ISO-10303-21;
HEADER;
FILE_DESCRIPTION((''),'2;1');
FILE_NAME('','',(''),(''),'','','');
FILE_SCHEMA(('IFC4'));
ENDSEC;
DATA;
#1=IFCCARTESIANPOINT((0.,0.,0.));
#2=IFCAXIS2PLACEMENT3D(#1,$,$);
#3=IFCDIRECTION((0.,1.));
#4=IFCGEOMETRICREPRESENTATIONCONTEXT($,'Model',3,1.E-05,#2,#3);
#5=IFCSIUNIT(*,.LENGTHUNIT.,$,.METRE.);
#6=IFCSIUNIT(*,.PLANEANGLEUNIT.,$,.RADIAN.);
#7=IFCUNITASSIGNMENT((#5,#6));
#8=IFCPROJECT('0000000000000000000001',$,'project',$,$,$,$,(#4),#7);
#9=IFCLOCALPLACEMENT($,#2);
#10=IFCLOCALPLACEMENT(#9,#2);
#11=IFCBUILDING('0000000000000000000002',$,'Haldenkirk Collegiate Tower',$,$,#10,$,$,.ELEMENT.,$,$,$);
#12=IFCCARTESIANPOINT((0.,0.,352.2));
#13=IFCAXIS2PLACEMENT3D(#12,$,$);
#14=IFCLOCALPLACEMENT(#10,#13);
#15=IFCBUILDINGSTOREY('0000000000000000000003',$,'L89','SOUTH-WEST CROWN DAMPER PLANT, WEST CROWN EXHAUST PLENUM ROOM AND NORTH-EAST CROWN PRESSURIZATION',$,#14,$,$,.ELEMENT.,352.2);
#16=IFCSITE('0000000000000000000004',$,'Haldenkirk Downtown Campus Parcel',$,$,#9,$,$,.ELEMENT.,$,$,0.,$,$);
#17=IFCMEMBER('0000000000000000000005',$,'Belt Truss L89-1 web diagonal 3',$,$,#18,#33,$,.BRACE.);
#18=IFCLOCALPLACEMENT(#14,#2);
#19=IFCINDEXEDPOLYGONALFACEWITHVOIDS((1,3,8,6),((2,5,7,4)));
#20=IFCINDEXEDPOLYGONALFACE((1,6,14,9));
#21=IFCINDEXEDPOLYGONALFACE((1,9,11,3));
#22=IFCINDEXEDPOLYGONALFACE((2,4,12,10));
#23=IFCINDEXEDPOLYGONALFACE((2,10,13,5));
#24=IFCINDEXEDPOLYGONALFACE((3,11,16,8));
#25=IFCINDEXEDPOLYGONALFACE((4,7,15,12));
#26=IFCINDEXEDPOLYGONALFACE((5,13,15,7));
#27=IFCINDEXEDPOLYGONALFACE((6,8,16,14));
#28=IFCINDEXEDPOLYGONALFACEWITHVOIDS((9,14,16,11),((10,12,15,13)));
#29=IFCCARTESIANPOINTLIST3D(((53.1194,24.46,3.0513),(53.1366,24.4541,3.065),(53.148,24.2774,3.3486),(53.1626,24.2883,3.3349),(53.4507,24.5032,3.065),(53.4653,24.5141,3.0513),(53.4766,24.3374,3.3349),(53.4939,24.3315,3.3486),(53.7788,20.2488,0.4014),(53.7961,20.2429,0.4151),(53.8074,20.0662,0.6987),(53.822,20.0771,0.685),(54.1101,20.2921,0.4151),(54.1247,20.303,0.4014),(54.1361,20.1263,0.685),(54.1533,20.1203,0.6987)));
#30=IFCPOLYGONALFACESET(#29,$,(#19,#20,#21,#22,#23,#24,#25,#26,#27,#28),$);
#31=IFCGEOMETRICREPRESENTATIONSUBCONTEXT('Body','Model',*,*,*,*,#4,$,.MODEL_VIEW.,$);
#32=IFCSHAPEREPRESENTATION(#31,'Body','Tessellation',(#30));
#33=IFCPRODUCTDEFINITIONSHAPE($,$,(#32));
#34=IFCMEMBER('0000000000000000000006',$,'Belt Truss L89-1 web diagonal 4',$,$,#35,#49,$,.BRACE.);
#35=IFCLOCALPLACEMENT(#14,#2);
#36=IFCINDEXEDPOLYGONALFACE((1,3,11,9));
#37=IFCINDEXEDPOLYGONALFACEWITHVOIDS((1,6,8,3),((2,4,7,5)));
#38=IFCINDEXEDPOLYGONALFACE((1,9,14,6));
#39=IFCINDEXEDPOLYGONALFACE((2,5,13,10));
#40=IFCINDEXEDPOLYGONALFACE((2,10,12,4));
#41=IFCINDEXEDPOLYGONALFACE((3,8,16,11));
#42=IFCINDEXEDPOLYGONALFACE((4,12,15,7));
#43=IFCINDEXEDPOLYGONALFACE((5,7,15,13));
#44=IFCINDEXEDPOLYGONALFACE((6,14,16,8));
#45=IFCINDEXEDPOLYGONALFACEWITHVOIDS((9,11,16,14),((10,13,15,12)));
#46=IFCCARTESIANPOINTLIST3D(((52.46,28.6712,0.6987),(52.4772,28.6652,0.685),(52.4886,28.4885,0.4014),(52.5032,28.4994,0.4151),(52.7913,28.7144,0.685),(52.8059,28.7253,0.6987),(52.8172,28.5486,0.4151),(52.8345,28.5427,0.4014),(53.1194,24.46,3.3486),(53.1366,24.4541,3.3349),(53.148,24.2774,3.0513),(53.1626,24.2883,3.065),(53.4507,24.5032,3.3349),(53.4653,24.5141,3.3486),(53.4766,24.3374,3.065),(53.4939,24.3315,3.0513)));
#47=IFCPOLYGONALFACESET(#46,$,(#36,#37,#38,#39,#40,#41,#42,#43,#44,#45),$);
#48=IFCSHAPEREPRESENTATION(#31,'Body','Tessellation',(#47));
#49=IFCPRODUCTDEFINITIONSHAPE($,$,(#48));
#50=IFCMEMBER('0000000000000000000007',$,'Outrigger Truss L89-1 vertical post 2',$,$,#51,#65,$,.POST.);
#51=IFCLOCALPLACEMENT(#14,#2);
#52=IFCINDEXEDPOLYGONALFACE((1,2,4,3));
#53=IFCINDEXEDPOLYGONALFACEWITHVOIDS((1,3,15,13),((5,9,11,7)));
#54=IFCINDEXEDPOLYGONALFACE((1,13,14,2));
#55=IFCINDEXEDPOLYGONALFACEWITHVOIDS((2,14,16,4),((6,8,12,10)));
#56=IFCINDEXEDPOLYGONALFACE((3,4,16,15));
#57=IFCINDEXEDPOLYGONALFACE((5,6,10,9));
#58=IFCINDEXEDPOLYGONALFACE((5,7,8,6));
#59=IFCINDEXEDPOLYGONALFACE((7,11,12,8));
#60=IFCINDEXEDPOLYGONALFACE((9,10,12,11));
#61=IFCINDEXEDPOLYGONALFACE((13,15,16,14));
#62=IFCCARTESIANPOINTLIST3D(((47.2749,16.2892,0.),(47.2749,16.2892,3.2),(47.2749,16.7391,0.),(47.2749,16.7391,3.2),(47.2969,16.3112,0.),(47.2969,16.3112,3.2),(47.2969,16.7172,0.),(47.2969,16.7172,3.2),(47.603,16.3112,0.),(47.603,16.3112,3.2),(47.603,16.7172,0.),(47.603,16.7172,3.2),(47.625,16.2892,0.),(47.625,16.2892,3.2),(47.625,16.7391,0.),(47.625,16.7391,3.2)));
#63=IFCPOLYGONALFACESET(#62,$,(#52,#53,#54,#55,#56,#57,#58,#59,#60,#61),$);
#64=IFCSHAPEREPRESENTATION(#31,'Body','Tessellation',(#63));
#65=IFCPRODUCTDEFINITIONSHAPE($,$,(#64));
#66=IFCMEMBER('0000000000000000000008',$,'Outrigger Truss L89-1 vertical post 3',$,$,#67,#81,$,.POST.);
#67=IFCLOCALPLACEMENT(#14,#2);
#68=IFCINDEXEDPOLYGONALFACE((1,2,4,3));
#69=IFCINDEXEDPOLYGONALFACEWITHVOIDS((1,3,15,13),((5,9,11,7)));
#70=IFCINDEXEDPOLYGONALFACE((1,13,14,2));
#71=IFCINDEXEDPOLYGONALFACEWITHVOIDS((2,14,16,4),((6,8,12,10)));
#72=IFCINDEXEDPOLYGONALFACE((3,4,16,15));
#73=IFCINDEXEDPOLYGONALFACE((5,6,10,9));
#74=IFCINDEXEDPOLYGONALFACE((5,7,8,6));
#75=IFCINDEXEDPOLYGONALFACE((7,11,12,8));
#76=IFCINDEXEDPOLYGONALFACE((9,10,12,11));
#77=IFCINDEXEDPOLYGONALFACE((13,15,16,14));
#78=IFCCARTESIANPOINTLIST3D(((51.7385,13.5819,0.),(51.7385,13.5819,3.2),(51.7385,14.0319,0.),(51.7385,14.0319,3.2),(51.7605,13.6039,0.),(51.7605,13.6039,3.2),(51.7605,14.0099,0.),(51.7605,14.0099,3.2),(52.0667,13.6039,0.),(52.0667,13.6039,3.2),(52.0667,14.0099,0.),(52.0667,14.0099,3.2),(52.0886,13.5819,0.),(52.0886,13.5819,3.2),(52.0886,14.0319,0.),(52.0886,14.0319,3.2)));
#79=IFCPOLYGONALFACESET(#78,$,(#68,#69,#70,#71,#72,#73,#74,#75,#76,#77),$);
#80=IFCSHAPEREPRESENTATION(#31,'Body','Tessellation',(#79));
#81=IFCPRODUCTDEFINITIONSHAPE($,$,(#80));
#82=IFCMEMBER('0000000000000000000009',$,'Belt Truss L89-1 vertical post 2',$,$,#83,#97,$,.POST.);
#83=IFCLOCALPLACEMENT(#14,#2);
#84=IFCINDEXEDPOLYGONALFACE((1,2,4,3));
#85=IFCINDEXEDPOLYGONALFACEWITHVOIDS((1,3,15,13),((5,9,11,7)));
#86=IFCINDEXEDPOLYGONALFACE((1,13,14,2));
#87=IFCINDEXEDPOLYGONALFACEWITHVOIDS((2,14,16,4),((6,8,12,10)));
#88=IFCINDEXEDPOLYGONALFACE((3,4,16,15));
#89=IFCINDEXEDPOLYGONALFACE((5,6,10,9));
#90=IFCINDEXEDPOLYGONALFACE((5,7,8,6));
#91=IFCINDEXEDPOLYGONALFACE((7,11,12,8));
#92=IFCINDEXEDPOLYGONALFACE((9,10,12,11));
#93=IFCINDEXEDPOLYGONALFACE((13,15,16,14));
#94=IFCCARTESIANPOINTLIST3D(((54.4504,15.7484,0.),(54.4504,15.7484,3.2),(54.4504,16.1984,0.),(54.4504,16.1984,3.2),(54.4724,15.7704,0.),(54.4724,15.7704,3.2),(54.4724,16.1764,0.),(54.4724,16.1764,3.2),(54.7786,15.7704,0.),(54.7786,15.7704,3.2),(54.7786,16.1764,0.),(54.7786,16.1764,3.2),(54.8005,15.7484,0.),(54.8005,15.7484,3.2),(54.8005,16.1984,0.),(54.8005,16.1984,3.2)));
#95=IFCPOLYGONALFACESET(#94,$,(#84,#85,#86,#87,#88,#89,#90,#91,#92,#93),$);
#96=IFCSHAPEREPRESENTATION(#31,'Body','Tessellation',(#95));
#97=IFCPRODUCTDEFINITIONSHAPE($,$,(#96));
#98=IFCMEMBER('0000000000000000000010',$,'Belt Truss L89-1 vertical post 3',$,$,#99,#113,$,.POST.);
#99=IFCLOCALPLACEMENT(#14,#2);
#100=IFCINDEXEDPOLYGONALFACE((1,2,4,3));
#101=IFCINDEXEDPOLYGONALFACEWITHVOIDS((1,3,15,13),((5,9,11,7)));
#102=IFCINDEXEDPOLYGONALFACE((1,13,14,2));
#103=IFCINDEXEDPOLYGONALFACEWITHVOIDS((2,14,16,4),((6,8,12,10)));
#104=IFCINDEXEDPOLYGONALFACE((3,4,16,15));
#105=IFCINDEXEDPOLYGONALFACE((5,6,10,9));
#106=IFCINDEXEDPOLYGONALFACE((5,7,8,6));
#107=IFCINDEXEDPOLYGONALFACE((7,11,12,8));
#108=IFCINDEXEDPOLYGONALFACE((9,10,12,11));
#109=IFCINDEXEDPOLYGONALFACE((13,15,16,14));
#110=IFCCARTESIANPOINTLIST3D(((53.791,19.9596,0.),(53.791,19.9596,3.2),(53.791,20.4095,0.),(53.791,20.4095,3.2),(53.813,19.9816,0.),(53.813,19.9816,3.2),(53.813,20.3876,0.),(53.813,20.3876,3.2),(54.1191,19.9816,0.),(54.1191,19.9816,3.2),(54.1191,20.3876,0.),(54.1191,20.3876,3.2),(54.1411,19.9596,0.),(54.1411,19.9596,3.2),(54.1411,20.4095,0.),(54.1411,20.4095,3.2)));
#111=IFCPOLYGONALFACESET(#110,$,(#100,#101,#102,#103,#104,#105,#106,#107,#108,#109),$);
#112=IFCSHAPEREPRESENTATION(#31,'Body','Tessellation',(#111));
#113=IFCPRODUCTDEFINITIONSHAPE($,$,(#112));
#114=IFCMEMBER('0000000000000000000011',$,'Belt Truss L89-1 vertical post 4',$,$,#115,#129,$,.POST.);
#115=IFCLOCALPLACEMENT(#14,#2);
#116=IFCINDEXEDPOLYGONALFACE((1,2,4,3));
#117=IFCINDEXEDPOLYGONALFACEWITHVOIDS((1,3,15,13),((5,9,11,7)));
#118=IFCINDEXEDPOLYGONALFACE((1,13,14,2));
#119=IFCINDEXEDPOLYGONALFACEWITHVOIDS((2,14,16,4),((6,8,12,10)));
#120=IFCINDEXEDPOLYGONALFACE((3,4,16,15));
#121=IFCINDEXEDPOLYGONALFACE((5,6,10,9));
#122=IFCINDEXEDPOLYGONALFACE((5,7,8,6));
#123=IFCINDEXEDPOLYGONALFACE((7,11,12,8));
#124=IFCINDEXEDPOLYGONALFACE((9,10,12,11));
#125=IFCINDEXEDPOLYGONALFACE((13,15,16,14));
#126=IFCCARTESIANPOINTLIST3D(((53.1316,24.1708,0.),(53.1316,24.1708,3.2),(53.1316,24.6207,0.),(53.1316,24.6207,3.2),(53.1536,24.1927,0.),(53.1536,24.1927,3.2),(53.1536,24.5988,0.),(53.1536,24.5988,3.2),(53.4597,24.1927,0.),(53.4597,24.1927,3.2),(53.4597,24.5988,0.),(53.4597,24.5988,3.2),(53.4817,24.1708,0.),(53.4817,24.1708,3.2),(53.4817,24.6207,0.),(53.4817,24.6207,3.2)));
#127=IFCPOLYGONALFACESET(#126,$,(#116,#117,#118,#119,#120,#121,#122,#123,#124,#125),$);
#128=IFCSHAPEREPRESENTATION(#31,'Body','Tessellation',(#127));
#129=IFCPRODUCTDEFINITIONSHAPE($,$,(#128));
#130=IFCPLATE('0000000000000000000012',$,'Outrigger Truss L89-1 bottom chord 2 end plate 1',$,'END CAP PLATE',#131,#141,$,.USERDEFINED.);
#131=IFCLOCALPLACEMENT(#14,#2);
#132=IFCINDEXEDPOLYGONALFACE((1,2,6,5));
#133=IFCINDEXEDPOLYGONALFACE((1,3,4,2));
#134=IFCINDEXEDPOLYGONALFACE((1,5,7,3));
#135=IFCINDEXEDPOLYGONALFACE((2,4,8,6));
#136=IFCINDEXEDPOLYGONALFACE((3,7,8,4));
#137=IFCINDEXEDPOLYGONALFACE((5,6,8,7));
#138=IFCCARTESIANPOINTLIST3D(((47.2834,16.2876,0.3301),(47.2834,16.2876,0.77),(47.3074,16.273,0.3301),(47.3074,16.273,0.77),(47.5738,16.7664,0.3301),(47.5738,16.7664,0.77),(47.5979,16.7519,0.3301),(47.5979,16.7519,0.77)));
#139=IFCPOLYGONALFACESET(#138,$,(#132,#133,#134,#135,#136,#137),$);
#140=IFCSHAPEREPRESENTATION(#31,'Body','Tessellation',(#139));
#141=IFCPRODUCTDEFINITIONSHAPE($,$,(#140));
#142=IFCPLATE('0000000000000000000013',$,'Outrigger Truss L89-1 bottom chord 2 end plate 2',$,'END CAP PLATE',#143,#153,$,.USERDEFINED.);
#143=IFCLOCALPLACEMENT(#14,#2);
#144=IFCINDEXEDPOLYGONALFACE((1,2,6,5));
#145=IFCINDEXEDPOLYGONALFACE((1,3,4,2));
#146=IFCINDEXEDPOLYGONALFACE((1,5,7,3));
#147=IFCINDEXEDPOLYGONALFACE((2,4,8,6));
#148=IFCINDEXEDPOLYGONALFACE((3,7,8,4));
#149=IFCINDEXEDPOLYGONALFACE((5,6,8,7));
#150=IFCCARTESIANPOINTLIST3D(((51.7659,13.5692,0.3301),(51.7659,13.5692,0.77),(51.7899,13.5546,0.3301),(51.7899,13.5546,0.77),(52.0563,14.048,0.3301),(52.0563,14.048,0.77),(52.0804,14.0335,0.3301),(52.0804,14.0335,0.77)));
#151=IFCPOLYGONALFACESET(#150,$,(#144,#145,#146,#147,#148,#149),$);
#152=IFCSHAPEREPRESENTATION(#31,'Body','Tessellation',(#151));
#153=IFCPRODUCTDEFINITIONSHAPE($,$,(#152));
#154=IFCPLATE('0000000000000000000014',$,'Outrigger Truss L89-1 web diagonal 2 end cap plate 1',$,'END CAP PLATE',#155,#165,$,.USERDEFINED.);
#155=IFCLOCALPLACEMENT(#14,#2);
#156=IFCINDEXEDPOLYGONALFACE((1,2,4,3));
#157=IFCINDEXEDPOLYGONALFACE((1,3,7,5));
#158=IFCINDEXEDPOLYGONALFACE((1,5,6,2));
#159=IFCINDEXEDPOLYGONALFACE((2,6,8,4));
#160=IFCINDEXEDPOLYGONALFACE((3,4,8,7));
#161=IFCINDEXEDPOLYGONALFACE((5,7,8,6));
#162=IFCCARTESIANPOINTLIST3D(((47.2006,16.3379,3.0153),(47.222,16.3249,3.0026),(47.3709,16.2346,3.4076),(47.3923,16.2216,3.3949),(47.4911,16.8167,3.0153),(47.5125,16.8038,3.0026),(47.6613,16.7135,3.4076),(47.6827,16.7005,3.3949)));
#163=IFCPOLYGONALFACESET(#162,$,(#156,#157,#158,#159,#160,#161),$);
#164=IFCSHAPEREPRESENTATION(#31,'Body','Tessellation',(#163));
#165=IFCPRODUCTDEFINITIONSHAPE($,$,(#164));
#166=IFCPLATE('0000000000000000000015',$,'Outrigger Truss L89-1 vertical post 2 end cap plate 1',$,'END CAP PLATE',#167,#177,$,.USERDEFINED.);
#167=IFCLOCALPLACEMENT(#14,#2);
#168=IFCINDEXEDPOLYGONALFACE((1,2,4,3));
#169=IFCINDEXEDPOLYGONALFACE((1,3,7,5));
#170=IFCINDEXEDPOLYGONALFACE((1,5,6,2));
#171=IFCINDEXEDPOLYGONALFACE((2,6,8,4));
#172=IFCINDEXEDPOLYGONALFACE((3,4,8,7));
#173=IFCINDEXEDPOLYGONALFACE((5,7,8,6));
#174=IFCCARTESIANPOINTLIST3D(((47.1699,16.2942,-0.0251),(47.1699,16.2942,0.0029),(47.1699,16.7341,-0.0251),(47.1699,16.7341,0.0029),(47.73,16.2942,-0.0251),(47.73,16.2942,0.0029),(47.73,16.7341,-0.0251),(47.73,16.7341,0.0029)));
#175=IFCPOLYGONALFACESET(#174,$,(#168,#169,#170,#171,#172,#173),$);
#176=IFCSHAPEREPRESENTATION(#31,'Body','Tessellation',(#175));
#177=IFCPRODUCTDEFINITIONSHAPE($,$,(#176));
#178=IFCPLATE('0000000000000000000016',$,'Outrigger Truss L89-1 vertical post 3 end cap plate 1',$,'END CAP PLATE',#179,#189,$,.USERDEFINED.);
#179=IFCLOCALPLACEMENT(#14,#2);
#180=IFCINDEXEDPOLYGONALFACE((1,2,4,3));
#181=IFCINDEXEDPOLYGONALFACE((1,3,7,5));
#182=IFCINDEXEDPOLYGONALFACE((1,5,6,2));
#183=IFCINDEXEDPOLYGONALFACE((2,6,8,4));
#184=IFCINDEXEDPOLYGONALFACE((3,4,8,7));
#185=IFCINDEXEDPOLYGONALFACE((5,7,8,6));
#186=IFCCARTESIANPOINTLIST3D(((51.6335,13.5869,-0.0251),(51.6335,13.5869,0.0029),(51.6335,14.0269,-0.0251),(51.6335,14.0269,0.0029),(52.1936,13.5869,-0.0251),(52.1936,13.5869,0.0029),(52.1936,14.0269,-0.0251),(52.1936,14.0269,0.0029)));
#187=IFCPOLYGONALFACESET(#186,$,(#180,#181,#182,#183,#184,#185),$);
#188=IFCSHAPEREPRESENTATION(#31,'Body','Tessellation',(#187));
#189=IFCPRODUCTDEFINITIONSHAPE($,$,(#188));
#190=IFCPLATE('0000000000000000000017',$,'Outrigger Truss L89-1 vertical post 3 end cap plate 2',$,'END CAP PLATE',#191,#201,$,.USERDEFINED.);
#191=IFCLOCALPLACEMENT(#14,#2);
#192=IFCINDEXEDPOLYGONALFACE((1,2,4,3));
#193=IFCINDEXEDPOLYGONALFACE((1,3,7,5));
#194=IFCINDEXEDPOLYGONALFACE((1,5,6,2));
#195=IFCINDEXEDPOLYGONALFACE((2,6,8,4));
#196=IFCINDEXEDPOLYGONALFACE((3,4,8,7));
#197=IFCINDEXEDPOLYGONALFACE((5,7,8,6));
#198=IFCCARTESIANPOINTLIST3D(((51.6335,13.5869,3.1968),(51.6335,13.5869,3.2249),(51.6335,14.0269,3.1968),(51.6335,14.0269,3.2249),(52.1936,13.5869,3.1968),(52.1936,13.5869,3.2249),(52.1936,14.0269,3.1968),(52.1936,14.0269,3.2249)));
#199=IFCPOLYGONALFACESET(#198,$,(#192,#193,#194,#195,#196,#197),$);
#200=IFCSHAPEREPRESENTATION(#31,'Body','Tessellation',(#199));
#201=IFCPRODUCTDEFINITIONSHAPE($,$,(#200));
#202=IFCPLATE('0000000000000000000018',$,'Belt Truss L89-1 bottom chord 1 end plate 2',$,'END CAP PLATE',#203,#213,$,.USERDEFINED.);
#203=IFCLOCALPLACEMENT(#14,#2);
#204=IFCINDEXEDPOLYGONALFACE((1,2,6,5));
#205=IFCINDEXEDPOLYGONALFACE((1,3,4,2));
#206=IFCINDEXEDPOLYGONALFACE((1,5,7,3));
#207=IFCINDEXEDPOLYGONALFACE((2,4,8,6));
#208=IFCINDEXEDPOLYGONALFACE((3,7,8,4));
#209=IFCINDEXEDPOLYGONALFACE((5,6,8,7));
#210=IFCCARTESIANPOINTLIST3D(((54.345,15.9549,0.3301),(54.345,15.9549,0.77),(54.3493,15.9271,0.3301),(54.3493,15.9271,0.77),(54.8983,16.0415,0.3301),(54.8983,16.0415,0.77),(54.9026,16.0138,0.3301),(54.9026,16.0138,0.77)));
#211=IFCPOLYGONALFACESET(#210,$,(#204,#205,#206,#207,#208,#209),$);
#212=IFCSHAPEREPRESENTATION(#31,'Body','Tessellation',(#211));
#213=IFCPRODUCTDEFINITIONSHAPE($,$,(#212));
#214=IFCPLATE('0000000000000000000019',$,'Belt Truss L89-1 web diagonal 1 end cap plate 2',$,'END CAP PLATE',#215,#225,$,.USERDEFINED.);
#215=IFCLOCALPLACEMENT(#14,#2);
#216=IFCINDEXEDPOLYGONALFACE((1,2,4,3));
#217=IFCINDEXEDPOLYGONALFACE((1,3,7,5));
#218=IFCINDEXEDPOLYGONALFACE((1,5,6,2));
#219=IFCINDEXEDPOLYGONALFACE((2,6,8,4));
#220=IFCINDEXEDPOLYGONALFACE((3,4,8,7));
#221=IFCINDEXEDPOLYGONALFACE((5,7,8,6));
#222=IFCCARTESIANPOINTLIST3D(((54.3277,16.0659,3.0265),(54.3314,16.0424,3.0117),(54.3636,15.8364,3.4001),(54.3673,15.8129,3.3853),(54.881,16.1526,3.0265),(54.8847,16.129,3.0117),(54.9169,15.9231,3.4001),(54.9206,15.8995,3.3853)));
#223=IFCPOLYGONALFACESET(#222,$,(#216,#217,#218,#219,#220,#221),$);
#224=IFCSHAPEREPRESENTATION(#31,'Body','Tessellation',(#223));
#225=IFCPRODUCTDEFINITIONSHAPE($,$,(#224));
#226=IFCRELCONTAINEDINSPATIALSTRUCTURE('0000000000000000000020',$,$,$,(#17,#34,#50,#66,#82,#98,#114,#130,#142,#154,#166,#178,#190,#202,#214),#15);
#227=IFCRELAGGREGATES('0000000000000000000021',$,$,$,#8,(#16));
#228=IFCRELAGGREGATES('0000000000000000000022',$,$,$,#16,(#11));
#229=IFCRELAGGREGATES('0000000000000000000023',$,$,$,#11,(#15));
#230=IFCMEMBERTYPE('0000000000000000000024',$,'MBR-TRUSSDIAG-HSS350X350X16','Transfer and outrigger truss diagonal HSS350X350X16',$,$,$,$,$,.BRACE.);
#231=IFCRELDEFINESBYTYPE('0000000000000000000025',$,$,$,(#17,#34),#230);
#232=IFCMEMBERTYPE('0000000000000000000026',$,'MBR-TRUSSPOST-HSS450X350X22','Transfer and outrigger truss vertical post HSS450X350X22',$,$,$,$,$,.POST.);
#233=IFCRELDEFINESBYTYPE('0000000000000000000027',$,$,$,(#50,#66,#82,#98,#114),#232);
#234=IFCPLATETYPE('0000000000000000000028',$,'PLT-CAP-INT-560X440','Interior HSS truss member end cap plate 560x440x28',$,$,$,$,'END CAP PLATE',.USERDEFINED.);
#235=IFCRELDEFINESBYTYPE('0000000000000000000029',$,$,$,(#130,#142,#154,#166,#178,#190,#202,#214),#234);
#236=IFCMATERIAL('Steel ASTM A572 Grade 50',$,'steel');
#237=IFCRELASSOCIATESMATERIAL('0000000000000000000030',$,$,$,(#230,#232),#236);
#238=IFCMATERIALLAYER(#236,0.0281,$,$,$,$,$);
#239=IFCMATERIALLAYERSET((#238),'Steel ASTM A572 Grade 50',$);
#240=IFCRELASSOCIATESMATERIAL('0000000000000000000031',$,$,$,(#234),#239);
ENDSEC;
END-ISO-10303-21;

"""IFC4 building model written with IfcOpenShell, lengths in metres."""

from ifc_helpers import new_model, si_unit, direction, frame, origin, origin_2d, place, context, subcontext, project, spatial, rectangle, hollow_rectangle, extrude, source, transform, mapped, material, layer, layer_set, material_profile, profile_set, type_object, element, save


model = new_model("IFC4")

# Units and contexts
model_context = context("Model", 3, precision=1e-05, world=origin(), true_north=direction((0.0, 1.0)))
body_context = subcontext(model_context, "Body", "Model", "MODEL_VIEW")
ifc_project = project(units=[si_unit("LENGTHUNIT", "METRE"), si_unit("PLANEANGLEUNIT", "RADIAN")], contexts=[model_context])

# Site, building, storey
site_placement = place(None, origin())
site = spatial("IfcSite", under=ifc_project, at=site_placement, Name="Haldenkirk Downtown Campus Parcel", CompositionType="ELEMENT", RefElevation=0.0)
building_placement = place(site_placement, origin())
building = spatial("IfcBuilding", under=site, at=building_placement, Name="Haldenkirk Collegiate Tower", CompositionType="ELEMENT")
storey_placement = place(building_placement, frame((0.0, 0.0, 352.2)))
storey = spatial("IfcBuildingStorey", under=building, at=storey_placement, Name="L89", Description="SOUTH-WEST CROWN DAMPER PLANT, WEST CROWN EXHAUST PLENUM ROOM AND NORTH-EAST CROWN PRESSURIZATION", CompositionType="ELEMENT", Elevation=352.2)

# Members
ifc_material_1 = material(Name="Steel ASTM A572 Grade 50", Category="steel")
ifc_material_profile_1 = material_profile(ifc_material_1, hollow_rectangle(XDim=0.3501, YDim=0.3501, WallThickness=0.0161, at=origin_2d()), Name="HSS350X350X16")
ifc_profile_set_1 = profile_set([ifc_material_profile_1], Name="Steel ASTM A572 Grade 50")
member_type_1 = type_object("IfcMemberType", Name="MBR-TRUSSDIAG-HSS350X350X16", Description="Transfer and outrigger truss diagonal HSS350X350X16", PredefinedType="BRACE", material=ifc_profile_set_1)
for number, where, z_axis, x_axis, name in (
    (1, (53.9661, 20.1846, 0.55), (-0.131384, 0.839039, 0.527969), (-0.987961, -0.154704, 0.0), "Belt Truss L89-1 web diagonal 3"),
    (2, (53.3066, 24.3958, 3.2), (-0.131384, 0.839039, -0.527969), (-0.987961, -0.154704, 0.0), "Belt Truss L89-1 web diagonal 4"),
):
    element("IfcMember", number, at=place(storey_placement, frame(where, z_axis=z_axis, x_axis=x_axis)), inside=storey, type_object=member_type_1, Name=name, PredefinedType="BRACE", context=body_context, shape_type="SweptSolid", body=[
        extrude(hollow_rectangle(XDim=0.3501, YDim=0.3501, WallThickness=0.0161, at=origin_2d()), origin(), (0.0, 0.0, 1.0), 5.019),
    ])
ifc_material_profile_2 = material_profile(ifc_material_1, hollow_rectangle(XDim=0.3501, YDim=0.45, WallThickness=0.022, at=origin_2d()), Name="HSS450X350X22")
ifc_profile_set_2 = profile_set([ifc_material_profile_2], Name="Steel ASTM A572 Grade 50")
member_type_2 = type_object("IfcMemberType", Name="MBR-TRUSSPOST-HSS450X350X22", Description="Transfer and outrigger truss vertical post HSS450X350X22", PredefinedType="POST", material=ifc_profile_set_2)
for number, where, z_axis, x_axis, name in (
    (3, (47.45, 16.5142, 0.0), (0.0, 0.0, 1.0), (1.0, 0.0, 0.0), "Outrigger Truss L89-1 vertical post 2"),
    (4, (51.9136, 13.8069, 0.0), (0.0, 0.0, 1.0), (1.0, 0.0, 0.0), "Outrigger Truss L89-1 vertical post 3"),
    (5, (54.6255, 15.9734, 0.0), (0.0, 0.0, 1.0), (1.0, 0.0, 0.0), "Belt Truss L89-1 vertical post 2"),
    (6, (53.9661, 20.1846, 0.0), (0.0, 0.0, 1.0), (1.0, 0.0, 0.0), "Belt Truss L89-1 vertical post 3"),
    (7, (53.3066, 24.3958, 0.0), (0.0, 0.0, 1.0), (1.0, 0.0, 0.0), "Belt Truss L89-1 vertical post 4"),
):
    element("IfcMember", number, at=place(storey_placement, frame(where, z_axis=z_axis, x_axis=x_axis)), inside=storey, type_object=member_type_2, Name=name, PredefinedType="POST", context=body_context, shape_type="SweptSolid", body=[
        extrude(hollow_rectangle(XDim=0.3501, YDim=0.45, WallThickness=0.022, at=origin_2d()), origin(), (0.0, 0.0, 1.0), 3.2),
    ])

# Plates
ifc_layer_1 = layer(ifc_material_1, 0.0281)
ifc_layer_set_1 = layer_set([ifc_layer_1], Name="Steel ASTM A572 Grade 50")
plate_type = type_object("IfcPlateType", Name="PLT-CAP-INT-560X440", Description="Interior HSS truss member end cap plate 560x440x28", ElementType="END CAP PLATE", PredefinedType="USERDEFINED", material=ifc_layer_set_1)
shared_shape = source(origin(), body_context, "Body", "SweptSolid", [
    extrude(rectangle(XDim=0.5601, YDim=0.4399, at=origin_2d()), origin(), (0.0, 0.0, 1.0), 0.0281),
])
for number, where, z_axis, x_axis, name in (
    (8, (47.4526, 16.5125, 0.55), (-0.855031, 0.518578, 0.0), (-0.518578, -0.855031, 0.0), "Outrigger Truss L89-1 bottom chord 2 end plate 1"),
    (9, (51.9111, 13.8086, 0.55), (0.855031, -0.518578, 0.0), (0.518578, 0.855031, 0.0), "Outrigger Truss L89-1 bottom chord 2 end plate 2"),
    (10, (47.4524, 16.5127, 3.1987), (-0.762422, 0.462414, 0.452643), (-0.51858, -0.855029, 0.0), "Outrigger Truss L89-1 web diagonal 2 end cap plate 1"),
    (11, (47.45, 16.5142, 0.0029), (0.0, 0.0, -1.0), (1.0, 0.0, 0.0), "Outrigger Truss L89-1 vertical post 2 end cap plate 1"),
    (12, (51.9136, 13.8069, 0.0029), (0.0, 0.0, -1.0), (1.0, 0.0, 0.0), "Outrigger Truss L89-1 vertical post 3 end cap plate 1"),
    (13, (51.9136, 13.8069, 3.1968), (0.0, 0.0, 1.0), (1.0, 0.0, 0.0), "Outrigger Truss L89-1 vertical post 3 end cap plate 2"),
    (14, (54.626, 15.9705, 0.55), (-0.15471, 0.98796, 0.0), (-0.98796, -0.15471, 0.0), "Belt Truss L89-1 bottom chord 1 end plate 2"),
    (15, (54.626, 15.9709, 3.1985), (-0.131378, 0.839032, 0.527982), (-0.987962, -0.154698, 0.0), "Belt Truss L89-1 web diagonal 1 end cap plate 2"),
):
    element("IfcPlate", number, at=place(storey_placement, frame(where, z_axis=z_axis, x_axis=x_axis)), inside=storey, type_object=plate_type, Name=name, ObjectType="END CAP PLATE", PredefinedType="USERDEFINED", context=body_context, shape_type="MappedRepresentation", body=[
        mapped(shared_shape, transform((0.0, 0.0, 0.0), x_axis=(1.0, 0.0, 0.0), y_axis=(0.0, 1.0, 0.0), z_axis=(0.0, 0.0, 1.0), scale=1.0)),
    ])

save(model, "model.ifc")
